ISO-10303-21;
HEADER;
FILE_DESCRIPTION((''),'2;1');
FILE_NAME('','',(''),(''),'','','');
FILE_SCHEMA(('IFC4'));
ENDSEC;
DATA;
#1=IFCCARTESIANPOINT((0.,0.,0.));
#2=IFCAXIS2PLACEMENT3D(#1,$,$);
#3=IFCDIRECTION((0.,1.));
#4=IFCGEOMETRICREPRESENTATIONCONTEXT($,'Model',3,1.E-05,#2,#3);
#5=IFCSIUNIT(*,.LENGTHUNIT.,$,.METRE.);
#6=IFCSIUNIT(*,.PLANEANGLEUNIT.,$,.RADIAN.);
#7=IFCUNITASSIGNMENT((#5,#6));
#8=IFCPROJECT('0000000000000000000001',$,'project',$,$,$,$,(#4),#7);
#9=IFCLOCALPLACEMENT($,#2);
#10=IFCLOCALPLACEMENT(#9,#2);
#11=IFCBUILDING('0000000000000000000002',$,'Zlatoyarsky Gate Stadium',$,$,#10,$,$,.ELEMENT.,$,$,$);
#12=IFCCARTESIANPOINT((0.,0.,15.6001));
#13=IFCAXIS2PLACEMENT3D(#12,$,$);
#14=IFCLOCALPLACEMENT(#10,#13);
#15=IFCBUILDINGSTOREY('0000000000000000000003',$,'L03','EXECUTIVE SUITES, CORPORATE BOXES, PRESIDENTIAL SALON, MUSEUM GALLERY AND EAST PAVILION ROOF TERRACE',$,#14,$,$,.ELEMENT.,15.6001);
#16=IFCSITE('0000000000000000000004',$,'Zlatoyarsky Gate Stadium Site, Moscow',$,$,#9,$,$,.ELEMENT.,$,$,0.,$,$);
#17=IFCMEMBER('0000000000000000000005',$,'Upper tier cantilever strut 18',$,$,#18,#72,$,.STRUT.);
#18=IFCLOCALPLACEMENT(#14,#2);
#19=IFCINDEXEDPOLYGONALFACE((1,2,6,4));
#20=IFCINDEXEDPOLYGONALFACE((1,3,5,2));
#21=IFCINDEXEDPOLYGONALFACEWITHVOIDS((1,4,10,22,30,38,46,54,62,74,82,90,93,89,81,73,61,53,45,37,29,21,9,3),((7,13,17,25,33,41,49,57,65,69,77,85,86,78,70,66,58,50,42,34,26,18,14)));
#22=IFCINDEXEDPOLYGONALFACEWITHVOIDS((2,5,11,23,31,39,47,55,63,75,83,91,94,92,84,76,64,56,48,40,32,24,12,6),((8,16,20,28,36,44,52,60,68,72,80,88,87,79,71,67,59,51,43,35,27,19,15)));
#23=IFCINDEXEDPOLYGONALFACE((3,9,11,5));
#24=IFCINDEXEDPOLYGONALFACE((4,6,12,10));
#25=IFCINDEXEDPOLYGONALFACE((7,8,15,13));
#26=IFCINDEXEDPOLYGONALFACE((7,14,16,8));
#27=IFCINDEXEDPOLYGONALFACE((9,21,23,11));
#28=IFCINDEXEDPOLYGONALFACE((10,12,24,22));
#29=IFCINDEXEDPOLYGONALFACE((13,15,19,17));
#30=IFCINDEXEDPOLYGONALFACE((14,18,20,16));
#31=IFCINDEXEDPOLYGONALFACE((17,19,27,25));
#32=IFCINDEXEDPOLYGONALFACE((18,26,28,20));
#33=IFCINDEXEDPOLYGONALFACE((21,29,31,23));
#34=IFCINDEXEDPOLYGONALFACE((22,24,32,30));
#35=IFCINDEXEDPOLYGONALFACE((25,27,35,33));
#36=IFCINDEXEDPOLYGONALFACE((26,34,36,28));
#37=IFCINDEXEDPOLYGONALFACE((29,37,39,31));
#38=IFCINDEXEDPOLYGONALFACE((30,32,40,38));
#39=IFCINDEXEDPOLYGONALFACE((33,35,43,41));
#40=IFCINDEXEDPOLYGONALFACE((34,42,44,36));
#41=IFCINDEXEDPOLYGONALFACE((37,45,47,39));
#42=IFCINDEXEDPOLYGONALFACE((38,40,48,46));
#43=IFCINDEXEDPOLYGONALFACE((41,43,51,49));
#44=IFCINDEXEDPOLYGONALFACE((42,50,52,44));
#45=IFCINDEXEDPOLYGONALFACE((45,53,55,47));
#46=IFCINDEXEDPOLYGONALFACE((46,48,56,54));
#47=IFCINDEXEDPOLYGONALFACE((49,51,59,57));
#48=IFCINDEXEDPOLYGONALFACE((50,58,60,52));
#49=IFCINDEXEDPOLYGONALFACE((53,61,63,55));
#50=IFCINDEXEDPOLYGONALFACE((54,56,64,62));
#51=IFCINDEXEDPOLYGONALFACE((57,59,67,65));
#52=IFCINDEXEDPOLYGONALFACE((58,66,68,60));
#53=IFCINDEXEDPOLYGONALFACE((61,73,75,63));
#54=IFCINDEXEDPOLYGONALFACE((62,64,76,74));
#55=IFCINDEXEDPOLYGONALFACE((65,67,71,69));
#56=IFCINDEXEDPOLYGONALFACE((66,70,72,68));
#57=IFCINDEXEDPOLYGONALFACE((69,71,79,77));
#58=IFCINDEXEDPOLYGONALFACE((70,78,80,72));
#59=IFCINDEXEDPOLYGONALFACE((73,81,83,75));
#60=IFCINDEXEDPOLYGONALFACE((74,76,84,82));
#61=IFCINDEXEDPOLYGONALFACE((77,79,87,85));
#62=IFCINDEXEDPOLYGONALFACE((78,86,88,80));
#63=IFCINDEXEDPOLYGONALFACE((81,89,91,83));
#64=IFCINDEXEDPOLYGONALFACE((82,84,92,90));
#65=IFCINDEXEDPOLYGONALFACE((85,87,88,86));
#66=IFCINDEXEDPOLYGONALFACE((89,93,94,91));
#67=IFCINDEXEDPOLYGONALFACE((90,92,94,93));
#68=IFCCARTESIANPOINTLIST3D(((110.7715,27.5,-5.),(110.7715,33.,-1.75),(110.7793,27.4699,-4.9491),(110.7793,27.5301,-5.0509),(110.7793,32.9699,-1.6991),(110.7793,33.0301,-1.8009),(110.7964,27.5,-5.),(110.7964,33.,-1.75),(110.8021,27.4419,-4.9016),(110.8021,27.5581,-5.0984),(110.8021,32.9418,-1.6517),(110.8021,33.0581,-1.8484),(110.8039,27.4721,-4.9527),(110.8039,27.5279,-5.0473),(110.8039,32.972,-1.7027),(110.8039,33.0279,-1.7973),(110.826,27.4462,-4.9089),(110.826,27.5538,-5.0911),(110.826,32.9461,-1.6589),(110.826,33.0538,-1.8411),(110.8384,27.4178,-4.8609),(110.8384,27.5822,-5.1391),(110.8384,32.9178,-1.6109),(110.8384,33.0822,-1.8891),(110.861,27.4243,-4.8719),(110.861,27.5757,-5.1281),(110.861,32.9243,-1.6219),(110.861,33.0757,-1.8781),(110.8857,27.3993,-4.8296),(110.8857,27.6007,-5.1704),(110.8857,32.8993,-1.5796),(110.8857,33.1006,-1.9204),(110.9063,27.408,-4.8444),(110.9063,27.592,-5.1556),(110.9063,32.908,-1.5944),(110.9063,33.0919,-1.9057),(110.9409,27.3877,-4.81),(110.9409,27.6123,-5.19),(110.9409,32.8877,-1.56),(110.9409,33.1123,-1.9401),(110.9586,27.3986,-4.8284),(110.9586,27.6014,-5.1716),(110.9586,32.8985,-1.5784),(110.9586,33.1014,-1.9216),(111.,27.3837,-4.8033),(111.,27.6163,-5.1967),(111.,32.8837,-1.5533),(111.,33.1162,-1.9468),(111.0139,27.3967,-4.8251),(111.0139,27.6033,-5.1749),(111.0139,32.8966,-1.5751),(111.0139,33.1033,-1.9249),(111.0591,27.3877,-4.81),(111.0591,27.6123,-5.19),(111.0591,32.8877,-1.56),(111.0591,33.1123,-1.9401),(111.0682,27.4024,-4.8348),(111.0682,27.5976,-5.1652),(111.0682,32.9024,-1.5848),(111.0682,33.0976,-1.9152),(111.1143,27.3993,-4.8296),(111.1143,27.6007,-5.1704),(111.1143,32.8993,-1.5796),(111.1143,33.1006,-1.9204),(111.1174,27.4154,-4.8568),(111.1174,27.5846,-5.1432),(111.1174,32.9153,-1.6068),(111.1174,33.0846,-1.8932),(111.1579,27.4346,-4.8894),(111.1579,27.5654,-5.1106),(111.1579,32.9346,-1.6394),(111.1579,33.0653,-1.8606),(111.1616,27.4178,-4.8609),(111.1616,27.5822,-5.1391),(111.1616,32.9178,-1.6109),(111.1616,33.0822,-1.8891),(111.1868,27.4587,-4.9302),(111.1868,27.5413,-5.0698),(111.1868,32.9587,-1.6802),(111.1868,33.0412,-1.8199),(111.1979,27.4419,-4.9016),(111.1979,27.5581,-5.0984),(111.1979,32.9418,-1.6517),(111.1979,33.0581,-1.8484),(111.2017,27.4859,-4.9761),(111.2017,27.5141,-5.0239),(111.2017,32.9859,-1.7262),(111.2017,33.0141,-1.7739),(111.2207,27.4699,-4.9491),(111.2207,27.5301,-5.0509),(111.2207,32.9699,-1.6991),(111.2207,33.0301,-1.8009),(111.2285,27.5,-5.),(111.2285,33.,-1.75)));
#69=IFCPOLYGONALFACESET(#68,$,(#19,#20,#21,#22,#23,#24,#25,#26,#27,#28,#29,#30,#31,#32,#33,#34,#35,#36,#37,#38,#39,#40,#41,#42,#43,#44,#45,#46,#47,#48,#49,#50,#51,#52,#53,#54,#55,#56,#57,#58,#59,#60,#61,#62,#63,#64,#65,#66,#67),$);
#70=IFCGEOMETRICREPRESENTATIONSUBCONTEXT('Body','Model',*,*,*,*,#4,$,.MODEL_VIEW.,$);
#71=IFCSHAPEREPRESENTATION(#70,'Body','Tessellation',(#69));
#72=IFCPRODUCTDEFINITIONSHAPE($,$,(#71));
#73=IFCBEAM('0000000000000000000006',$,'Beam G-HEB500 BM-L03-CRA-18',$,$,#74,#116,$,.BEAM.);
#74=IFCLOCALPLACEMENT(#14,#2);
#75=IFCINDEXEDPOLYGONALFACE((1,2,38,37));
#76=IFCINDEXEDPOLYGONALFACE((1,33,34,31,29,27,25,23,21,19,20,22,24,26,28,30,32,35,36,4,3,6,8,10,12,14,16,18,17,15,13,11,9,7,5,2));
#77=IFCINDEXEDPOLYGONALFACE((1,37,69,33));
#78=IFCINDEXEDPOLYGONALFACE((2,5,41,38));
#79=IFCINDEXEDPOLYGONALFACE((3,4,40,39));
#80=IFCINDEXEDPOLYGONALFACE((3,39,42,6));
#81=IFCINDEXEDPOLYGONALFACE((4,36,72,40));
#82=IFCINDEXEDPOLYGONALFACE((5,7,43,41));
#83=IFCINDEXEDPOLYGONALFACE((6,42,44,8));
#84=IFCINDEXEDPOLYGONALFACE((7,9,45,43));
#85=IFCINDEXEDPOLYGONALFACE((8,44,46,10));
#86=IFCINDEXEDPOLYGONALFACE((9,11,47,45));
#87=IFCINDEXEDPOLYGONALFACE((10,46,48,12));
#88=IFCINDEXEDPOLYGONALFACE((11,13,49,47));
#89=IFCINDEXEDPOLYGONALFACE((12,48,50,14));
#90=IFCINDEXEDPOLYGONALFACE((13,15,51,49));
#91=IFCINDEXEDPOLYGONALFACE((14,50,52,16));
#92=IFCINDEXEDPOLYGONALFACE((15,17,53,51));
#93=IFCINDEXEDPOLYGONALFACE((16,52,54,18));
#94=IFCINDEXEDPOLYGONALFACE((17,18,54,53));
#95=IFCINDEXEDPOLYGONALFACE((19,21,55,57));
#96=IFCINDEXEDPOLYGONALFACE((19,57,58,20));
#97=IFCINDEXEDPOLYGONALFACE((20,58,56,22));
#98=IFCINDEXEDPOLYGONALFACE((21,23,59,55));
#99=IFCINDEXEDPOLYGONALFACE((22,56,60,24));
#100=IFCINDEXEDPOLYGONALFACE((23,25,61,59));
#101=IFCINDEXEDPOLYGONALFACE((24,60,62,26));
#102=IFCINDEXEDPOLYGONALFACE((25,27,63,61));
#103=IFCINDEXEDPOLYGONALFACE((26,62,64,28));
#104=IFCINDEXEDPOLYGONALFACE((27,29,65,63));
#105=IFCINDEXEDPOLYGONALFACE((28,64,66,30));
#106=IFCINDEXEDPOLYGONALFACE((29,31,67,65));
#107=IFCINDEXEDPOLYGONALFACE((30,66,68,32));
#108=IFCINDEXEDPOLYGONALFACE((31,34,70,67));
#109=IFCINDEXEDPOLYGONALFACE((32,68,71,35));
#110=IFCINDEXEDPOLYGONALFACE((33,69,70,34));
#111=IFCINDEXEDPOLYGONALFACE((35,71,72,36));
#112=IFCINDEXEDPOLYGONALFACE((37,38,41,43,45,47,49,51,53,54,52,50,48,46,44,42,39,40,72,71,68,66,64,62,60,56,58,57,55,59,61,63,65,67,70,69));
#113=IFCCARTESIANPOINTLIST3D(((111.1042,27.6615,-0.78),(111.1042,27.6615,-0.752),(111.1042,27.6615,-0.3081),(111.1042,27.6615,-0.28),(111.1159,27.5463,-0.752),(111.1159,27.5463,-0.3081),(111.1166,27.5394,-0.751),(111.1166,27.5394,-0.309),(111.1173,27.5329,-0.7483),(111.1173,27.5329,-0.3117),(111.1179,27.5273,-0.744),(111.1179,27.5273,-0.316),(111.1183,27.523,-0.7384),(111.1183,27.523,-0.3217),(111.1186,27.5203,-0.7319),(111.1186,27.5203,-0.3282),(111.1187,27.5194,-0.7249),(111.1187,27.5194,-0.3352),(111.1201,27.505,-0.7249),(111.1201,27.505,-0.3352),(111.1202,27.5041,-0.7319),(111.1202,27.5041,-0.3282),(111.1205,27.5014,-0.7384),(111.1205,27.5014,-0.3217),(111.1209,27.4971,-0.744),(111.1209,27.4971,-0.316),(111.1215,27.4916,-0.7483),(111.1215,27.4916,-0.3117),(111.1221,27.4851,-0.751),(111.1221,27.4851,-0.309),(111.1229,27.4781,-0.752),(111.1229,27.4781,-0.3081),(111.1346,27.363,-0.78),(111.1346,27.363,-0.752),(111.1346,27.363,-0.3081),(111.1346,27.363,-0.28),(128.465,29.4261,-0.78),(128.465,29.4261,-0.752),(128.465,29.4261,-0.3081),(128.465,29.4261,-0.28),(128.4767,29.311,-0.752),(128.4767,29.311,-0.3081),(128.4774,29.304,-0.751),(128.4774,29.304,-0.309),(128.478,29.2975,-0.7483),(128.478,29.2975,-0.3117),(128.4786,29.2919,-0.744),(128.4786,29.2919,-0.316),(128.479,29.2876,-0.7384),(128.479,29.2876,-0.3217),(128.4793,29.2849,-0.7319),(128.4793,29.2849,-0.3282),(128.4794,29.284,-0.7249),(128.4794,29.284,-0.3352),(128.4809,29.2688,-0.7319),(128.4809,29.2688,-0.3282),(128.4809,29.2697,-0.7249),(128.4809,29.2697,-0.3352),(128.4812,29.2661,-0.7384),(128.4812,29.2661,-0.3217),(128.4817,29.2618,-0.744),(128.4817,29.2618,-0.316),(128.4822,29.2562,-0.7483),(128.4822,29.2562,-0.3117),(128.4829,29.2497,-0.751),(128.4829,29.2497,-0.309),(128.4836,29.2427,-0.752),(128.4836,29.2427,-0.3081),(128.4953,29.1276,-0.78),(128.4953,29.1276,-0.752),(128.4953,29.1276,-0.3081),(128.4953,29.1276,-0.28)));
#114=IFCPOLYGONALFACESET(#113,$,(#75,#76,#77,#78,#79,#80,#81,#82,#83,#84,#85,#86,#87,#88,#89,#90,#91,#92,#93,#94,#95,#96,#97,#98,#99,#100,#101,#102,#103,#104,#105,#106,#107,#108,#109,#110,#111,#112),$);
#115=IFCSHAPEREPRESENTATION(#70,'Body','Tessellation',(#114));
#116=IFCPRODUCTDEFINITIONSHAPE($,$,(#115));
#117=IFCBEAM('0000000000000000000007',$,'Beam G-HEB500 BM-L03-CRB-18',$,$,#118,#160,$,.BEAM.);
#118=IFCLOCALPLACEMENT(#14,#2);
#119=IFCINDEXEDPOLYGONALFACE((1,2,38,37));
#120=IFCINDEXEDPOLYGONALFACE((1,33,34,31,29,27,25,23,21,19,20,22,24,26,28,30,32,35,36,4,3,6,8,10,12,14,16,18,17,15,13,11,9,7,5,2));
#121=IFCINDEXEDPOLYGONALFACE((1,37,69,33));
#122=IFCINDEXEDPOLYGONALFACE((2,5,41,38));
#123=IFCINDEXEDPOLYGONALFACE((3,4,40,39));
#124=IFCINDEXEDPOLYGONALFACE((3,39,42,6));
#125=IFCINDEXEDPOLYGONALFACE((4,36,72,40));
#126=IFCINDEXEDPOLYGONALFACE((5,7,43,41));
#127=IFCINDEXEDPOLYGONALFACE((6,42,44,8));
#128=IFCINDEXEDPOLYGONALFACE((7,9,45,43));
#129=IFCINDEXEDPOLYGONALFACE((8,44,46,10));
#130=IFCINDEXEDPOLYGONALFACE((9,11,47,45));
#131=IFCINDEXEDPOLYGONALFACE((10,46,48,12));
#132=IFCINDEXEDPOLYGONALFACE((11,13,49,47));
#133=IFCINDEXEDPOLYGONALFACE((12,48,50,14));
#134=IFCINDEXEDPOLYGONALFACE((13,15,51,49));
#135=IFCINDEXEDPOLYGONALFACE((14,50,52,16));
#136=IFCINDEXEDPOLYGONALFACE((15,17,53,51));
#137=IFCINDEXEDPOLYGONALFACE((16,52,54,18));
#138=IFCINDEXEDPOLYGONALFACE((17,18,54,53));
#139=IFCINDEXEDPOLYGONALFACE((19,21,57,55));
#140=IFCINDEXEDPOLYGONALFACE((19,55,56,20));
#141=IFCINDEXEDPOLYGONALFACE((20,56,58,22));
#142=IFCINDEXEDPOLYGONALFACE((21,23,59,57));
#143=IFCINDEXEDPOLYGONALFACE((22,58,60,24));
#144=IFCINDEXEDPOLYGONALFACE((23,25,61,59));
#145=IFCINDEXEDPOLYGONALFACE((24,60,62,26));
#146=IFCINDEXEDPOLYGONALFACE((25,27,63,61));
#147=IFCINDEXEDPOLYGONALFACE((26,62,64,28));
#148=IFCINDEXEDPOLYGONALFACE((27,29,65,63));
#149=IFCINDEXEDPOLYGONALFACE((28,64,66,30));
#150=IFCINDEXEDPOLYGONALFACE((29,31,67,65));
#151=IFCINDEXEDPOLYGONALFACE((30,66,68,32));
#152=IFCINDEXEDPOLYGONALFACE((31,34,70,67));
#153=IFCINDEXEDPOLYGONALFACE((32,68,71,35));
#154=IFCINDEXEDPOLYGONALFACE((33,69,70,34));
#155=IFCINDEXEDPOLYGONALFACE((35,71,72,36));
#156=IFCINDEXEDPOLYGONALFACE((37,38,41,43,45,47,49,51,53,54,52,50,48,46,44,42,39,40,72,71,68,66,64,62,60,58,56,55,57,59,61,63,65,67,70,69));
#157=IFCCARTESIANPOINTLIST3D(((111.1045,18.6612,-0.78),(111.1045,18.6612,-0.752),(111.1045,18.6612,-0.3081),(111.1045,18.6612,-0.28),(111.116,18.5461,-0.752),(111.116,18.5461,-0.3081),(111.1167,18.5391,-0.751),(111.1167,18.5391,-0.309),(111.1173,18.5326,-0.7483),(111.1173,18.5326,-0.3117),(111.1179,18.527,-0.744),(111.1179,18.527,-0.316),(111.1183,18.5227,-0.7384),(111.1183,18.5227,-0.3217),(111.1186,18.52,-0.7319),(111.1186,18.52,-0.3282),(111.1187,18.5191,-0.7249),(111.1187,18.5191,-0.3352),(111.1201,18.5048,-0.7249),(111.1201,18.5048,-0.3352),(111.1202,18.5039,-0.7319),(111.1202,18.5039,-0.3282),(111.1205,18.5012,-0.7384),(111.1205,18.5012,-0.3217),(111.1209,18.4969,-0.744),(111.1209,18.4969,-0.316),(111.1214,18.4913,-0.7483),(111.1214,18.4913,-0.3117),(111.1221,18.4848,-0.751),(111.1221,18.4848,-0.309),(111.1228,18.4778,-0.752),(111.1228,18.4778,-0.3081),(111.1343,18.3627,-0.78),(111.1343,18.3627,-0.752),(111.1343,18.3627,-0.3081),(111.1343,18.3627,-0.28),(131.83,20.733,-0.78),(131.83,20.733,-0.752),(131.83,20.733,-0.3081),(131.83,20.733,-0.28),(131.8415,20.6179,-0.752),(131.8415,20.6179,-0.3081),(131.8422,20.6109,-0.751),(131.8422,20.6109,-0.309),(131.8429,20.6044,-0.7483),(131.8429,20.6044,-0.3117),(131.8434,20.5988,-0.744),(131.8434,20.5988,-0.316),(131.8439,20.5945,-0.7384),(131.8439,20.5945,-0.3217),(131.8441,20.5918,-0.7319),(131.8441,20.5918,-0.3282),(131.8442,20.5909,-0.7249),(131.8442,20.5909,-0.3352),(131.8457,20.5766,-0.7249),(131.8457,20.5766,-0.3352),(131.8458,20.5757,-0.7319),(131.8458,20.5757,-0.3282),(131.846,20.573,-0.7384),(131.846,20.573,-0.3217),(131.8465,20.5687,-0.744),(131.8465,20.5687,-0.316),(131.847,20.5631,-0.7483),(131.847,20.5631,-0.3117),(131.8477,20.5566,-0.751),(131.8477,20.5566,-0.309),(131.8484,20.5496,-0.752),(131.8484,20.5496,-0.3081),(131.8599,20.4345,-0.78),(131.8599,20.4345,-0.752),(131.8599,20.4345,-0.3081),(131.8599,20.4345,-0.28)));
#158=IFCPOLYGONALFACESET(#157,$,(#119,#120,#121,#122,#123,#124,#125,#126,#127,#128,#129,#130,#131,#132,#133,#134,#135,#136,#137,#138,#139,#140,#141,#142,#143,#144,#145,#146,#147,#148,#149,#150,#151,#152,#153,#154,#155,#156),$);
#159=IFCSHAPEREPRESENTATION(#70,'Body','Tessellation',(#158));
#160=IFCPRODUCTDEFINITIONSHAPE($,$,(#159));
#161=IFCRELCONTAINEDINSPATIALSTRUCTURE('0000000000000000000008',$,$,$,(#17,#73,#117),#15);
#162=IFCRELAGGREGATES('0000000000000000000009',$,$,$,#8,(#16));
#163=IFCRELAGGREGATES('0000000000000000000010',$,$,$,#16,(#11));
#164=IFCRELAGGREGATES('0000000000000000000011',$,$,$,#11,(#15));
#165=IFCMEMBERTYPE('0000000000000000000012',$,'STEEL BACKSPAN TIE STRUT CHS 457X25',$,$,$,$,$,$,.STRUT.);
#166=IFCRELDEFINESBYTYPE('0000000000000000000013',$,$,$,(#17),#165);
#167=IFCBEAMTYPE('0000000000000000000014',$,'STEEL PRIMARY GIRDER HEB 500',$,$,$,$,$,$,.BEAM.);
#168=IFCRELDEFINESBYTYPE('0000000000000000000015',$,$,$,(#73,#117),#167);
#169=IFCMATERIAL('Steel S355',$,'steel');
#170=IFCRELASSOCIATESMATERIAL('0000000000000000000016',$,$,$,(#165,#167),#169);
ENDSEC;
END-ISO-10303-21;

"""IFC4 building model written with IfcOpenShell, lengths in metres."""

from ifc_helpers import new_model, si_unit, direction, frame, origin, origin_2d, place, context, subcontext, project, spatial, hollow_circle, i_section, extrude, material, material_profile, profile_set, type_object, element, save


model = new_model("IFC4")

# Units and contexts
model_context = context("Model", 3, precision=1e-05, world=origin(), true_north=direction((0.0, 1.0)))
body_context = subcontext(model_context, "Body", "Model", "MODEL_VIEW")
ifc_project = project(units=[si_unit("LENGTHUNIT", "METRE"), si_unit("PLANEANGLEUNIT", "RADIAN")], contexts=[model_context])

# Site, building, storey
site_placement = place(None, origin())
site = spatial("IfcSite", under=ifc_project, at=site_placement, Name="Zlatoyarsky Gate Stadium Site, Moscow", CompositionType="ELEMENT", RefElevation=0.0)
building_placement = place(site_placement, origin())
building = spatial("IfcBuilding", under=site, at=building_placement, Name="Zlatoyarsky Gate Stadium", CompositionType="ELEMENT")
storey_placement = place(building_placement, frame((0.0, 0.0, 15.6001)))
storey = spatial("IfcBuildingStorey", under=building, at=storey_placement, Name="L03", Description="EXECUTIVE SUITES, CORPORATE BOXES, PRESIDENTIAL SALON, MUSEUM GALLERY AND EAST PAVILION ROOF TERRACE", CompositionType="ELEMENT", Elevation=15.6001)

# Shared definitions
ifc_material_1 = material(Name="Steel S355", Category="steel")

# Member
ifc_material_profile_1 = material_profile(ifc_material_1, hollow_circle(Radius=0.2285, WallThickness=0.0249, at=origin_2d()), Name="CHS 457X25")
ifc_profile_set_1 = profile_set([ifc_material_profile_1], Name="Steel S355")
member_type = type_object("IfcMemberType", Name="STEEL BACKSPAN TIE STRUT CHS 457X25", PredefinedType="STRUT", material=ifc_profile_set_1)
member_placement = place(storey_placement, frame((111.0, 27.5, -5.0), z_axis=(0.0, 0.860927, 0.508729), x_axis=(-1.0, 0.0, 0.0)))
element("IfcMember", 1, at=member_placement, inside=storey, type_object=member_type, Name="Upper tier cantilever strut 18", PredefinedType="STRUT", context=body_context, shape_type="SweptSolid", body=[
    extrude(hollow_circle(Radius=0.2285, WallThickness=0.0249, at=origin_2d()), origin(), (0.0, 0.0, 1.0), 6.3884),
])

# Beams
ifc_material_profile_2 = material_profile(ifc_material_1, i_section(OverallWidth=0.3, OverallDepth=0.5, WebThickness=0.0144, FlangeThickness=0.0281, FilletRadius=0.0271, at=origin_2d()), Name="HEB 500")
ifc_profile_set_2 = profile_set([ifc_material_profile_2], Name="Steel S355")
beam_type_1 = type_object("IfcBeamType", Name="STEEL PRIMARY GIRDER HEB 500", PredefinedType="BEAM", material=ifc_profile_set_2)
beam_1_placement = place(storey_placement, frame((111.1194, 27.5122, -0.53), z_axis=(0.994874, 0.101124, 0.0), x_axis=(-0.101124, 0.994874, 0.0)))
element("IfcBeam", 2, at=beam_1_placement, inside=storey, type_object=beam_type_1, Name="Beam G-HEB500 BM-L03-CRA-18", PredefinedType="BEAM", context=body_context, shape_type="SweptSolid", body=[
    extrude(i_section(OverallWidth=0.3, OverallDepth=0.5, WebThickness=0.0144, FlangeThickness=0.0281, FilletRadius=0.0271, at=origin_2d()), origin(), (0.0, 0.0, 1.0), 17.4502),
])
beam_2_placement = place(storey_placement, frame((111.1194, 18.512, -0.53), z_axis=(0.995041, 0.099467, 0.0), x_axis=(-0.099467, 0.995041, 0.0)))
element("IfcBeam", 3, at=beam_2_placement, inside=storey, type_object=beam_type_1, Name="Beam G-HEB500 BM-L03-CRB-18", PredefinedType="BEAM", context=body_context, shape_type="SweptSolid", body=[
    extrude(i_section(OverallWidth=0.3, OverallDepth=0.5, WebThickness=0.0144, FlangeThickness=0.0281, FilletRadius=0.0271, at=origin_2d()), origin(), (0.0, 0.0, 1.0), 20.8289),
])

save(model, "model.ifc")
